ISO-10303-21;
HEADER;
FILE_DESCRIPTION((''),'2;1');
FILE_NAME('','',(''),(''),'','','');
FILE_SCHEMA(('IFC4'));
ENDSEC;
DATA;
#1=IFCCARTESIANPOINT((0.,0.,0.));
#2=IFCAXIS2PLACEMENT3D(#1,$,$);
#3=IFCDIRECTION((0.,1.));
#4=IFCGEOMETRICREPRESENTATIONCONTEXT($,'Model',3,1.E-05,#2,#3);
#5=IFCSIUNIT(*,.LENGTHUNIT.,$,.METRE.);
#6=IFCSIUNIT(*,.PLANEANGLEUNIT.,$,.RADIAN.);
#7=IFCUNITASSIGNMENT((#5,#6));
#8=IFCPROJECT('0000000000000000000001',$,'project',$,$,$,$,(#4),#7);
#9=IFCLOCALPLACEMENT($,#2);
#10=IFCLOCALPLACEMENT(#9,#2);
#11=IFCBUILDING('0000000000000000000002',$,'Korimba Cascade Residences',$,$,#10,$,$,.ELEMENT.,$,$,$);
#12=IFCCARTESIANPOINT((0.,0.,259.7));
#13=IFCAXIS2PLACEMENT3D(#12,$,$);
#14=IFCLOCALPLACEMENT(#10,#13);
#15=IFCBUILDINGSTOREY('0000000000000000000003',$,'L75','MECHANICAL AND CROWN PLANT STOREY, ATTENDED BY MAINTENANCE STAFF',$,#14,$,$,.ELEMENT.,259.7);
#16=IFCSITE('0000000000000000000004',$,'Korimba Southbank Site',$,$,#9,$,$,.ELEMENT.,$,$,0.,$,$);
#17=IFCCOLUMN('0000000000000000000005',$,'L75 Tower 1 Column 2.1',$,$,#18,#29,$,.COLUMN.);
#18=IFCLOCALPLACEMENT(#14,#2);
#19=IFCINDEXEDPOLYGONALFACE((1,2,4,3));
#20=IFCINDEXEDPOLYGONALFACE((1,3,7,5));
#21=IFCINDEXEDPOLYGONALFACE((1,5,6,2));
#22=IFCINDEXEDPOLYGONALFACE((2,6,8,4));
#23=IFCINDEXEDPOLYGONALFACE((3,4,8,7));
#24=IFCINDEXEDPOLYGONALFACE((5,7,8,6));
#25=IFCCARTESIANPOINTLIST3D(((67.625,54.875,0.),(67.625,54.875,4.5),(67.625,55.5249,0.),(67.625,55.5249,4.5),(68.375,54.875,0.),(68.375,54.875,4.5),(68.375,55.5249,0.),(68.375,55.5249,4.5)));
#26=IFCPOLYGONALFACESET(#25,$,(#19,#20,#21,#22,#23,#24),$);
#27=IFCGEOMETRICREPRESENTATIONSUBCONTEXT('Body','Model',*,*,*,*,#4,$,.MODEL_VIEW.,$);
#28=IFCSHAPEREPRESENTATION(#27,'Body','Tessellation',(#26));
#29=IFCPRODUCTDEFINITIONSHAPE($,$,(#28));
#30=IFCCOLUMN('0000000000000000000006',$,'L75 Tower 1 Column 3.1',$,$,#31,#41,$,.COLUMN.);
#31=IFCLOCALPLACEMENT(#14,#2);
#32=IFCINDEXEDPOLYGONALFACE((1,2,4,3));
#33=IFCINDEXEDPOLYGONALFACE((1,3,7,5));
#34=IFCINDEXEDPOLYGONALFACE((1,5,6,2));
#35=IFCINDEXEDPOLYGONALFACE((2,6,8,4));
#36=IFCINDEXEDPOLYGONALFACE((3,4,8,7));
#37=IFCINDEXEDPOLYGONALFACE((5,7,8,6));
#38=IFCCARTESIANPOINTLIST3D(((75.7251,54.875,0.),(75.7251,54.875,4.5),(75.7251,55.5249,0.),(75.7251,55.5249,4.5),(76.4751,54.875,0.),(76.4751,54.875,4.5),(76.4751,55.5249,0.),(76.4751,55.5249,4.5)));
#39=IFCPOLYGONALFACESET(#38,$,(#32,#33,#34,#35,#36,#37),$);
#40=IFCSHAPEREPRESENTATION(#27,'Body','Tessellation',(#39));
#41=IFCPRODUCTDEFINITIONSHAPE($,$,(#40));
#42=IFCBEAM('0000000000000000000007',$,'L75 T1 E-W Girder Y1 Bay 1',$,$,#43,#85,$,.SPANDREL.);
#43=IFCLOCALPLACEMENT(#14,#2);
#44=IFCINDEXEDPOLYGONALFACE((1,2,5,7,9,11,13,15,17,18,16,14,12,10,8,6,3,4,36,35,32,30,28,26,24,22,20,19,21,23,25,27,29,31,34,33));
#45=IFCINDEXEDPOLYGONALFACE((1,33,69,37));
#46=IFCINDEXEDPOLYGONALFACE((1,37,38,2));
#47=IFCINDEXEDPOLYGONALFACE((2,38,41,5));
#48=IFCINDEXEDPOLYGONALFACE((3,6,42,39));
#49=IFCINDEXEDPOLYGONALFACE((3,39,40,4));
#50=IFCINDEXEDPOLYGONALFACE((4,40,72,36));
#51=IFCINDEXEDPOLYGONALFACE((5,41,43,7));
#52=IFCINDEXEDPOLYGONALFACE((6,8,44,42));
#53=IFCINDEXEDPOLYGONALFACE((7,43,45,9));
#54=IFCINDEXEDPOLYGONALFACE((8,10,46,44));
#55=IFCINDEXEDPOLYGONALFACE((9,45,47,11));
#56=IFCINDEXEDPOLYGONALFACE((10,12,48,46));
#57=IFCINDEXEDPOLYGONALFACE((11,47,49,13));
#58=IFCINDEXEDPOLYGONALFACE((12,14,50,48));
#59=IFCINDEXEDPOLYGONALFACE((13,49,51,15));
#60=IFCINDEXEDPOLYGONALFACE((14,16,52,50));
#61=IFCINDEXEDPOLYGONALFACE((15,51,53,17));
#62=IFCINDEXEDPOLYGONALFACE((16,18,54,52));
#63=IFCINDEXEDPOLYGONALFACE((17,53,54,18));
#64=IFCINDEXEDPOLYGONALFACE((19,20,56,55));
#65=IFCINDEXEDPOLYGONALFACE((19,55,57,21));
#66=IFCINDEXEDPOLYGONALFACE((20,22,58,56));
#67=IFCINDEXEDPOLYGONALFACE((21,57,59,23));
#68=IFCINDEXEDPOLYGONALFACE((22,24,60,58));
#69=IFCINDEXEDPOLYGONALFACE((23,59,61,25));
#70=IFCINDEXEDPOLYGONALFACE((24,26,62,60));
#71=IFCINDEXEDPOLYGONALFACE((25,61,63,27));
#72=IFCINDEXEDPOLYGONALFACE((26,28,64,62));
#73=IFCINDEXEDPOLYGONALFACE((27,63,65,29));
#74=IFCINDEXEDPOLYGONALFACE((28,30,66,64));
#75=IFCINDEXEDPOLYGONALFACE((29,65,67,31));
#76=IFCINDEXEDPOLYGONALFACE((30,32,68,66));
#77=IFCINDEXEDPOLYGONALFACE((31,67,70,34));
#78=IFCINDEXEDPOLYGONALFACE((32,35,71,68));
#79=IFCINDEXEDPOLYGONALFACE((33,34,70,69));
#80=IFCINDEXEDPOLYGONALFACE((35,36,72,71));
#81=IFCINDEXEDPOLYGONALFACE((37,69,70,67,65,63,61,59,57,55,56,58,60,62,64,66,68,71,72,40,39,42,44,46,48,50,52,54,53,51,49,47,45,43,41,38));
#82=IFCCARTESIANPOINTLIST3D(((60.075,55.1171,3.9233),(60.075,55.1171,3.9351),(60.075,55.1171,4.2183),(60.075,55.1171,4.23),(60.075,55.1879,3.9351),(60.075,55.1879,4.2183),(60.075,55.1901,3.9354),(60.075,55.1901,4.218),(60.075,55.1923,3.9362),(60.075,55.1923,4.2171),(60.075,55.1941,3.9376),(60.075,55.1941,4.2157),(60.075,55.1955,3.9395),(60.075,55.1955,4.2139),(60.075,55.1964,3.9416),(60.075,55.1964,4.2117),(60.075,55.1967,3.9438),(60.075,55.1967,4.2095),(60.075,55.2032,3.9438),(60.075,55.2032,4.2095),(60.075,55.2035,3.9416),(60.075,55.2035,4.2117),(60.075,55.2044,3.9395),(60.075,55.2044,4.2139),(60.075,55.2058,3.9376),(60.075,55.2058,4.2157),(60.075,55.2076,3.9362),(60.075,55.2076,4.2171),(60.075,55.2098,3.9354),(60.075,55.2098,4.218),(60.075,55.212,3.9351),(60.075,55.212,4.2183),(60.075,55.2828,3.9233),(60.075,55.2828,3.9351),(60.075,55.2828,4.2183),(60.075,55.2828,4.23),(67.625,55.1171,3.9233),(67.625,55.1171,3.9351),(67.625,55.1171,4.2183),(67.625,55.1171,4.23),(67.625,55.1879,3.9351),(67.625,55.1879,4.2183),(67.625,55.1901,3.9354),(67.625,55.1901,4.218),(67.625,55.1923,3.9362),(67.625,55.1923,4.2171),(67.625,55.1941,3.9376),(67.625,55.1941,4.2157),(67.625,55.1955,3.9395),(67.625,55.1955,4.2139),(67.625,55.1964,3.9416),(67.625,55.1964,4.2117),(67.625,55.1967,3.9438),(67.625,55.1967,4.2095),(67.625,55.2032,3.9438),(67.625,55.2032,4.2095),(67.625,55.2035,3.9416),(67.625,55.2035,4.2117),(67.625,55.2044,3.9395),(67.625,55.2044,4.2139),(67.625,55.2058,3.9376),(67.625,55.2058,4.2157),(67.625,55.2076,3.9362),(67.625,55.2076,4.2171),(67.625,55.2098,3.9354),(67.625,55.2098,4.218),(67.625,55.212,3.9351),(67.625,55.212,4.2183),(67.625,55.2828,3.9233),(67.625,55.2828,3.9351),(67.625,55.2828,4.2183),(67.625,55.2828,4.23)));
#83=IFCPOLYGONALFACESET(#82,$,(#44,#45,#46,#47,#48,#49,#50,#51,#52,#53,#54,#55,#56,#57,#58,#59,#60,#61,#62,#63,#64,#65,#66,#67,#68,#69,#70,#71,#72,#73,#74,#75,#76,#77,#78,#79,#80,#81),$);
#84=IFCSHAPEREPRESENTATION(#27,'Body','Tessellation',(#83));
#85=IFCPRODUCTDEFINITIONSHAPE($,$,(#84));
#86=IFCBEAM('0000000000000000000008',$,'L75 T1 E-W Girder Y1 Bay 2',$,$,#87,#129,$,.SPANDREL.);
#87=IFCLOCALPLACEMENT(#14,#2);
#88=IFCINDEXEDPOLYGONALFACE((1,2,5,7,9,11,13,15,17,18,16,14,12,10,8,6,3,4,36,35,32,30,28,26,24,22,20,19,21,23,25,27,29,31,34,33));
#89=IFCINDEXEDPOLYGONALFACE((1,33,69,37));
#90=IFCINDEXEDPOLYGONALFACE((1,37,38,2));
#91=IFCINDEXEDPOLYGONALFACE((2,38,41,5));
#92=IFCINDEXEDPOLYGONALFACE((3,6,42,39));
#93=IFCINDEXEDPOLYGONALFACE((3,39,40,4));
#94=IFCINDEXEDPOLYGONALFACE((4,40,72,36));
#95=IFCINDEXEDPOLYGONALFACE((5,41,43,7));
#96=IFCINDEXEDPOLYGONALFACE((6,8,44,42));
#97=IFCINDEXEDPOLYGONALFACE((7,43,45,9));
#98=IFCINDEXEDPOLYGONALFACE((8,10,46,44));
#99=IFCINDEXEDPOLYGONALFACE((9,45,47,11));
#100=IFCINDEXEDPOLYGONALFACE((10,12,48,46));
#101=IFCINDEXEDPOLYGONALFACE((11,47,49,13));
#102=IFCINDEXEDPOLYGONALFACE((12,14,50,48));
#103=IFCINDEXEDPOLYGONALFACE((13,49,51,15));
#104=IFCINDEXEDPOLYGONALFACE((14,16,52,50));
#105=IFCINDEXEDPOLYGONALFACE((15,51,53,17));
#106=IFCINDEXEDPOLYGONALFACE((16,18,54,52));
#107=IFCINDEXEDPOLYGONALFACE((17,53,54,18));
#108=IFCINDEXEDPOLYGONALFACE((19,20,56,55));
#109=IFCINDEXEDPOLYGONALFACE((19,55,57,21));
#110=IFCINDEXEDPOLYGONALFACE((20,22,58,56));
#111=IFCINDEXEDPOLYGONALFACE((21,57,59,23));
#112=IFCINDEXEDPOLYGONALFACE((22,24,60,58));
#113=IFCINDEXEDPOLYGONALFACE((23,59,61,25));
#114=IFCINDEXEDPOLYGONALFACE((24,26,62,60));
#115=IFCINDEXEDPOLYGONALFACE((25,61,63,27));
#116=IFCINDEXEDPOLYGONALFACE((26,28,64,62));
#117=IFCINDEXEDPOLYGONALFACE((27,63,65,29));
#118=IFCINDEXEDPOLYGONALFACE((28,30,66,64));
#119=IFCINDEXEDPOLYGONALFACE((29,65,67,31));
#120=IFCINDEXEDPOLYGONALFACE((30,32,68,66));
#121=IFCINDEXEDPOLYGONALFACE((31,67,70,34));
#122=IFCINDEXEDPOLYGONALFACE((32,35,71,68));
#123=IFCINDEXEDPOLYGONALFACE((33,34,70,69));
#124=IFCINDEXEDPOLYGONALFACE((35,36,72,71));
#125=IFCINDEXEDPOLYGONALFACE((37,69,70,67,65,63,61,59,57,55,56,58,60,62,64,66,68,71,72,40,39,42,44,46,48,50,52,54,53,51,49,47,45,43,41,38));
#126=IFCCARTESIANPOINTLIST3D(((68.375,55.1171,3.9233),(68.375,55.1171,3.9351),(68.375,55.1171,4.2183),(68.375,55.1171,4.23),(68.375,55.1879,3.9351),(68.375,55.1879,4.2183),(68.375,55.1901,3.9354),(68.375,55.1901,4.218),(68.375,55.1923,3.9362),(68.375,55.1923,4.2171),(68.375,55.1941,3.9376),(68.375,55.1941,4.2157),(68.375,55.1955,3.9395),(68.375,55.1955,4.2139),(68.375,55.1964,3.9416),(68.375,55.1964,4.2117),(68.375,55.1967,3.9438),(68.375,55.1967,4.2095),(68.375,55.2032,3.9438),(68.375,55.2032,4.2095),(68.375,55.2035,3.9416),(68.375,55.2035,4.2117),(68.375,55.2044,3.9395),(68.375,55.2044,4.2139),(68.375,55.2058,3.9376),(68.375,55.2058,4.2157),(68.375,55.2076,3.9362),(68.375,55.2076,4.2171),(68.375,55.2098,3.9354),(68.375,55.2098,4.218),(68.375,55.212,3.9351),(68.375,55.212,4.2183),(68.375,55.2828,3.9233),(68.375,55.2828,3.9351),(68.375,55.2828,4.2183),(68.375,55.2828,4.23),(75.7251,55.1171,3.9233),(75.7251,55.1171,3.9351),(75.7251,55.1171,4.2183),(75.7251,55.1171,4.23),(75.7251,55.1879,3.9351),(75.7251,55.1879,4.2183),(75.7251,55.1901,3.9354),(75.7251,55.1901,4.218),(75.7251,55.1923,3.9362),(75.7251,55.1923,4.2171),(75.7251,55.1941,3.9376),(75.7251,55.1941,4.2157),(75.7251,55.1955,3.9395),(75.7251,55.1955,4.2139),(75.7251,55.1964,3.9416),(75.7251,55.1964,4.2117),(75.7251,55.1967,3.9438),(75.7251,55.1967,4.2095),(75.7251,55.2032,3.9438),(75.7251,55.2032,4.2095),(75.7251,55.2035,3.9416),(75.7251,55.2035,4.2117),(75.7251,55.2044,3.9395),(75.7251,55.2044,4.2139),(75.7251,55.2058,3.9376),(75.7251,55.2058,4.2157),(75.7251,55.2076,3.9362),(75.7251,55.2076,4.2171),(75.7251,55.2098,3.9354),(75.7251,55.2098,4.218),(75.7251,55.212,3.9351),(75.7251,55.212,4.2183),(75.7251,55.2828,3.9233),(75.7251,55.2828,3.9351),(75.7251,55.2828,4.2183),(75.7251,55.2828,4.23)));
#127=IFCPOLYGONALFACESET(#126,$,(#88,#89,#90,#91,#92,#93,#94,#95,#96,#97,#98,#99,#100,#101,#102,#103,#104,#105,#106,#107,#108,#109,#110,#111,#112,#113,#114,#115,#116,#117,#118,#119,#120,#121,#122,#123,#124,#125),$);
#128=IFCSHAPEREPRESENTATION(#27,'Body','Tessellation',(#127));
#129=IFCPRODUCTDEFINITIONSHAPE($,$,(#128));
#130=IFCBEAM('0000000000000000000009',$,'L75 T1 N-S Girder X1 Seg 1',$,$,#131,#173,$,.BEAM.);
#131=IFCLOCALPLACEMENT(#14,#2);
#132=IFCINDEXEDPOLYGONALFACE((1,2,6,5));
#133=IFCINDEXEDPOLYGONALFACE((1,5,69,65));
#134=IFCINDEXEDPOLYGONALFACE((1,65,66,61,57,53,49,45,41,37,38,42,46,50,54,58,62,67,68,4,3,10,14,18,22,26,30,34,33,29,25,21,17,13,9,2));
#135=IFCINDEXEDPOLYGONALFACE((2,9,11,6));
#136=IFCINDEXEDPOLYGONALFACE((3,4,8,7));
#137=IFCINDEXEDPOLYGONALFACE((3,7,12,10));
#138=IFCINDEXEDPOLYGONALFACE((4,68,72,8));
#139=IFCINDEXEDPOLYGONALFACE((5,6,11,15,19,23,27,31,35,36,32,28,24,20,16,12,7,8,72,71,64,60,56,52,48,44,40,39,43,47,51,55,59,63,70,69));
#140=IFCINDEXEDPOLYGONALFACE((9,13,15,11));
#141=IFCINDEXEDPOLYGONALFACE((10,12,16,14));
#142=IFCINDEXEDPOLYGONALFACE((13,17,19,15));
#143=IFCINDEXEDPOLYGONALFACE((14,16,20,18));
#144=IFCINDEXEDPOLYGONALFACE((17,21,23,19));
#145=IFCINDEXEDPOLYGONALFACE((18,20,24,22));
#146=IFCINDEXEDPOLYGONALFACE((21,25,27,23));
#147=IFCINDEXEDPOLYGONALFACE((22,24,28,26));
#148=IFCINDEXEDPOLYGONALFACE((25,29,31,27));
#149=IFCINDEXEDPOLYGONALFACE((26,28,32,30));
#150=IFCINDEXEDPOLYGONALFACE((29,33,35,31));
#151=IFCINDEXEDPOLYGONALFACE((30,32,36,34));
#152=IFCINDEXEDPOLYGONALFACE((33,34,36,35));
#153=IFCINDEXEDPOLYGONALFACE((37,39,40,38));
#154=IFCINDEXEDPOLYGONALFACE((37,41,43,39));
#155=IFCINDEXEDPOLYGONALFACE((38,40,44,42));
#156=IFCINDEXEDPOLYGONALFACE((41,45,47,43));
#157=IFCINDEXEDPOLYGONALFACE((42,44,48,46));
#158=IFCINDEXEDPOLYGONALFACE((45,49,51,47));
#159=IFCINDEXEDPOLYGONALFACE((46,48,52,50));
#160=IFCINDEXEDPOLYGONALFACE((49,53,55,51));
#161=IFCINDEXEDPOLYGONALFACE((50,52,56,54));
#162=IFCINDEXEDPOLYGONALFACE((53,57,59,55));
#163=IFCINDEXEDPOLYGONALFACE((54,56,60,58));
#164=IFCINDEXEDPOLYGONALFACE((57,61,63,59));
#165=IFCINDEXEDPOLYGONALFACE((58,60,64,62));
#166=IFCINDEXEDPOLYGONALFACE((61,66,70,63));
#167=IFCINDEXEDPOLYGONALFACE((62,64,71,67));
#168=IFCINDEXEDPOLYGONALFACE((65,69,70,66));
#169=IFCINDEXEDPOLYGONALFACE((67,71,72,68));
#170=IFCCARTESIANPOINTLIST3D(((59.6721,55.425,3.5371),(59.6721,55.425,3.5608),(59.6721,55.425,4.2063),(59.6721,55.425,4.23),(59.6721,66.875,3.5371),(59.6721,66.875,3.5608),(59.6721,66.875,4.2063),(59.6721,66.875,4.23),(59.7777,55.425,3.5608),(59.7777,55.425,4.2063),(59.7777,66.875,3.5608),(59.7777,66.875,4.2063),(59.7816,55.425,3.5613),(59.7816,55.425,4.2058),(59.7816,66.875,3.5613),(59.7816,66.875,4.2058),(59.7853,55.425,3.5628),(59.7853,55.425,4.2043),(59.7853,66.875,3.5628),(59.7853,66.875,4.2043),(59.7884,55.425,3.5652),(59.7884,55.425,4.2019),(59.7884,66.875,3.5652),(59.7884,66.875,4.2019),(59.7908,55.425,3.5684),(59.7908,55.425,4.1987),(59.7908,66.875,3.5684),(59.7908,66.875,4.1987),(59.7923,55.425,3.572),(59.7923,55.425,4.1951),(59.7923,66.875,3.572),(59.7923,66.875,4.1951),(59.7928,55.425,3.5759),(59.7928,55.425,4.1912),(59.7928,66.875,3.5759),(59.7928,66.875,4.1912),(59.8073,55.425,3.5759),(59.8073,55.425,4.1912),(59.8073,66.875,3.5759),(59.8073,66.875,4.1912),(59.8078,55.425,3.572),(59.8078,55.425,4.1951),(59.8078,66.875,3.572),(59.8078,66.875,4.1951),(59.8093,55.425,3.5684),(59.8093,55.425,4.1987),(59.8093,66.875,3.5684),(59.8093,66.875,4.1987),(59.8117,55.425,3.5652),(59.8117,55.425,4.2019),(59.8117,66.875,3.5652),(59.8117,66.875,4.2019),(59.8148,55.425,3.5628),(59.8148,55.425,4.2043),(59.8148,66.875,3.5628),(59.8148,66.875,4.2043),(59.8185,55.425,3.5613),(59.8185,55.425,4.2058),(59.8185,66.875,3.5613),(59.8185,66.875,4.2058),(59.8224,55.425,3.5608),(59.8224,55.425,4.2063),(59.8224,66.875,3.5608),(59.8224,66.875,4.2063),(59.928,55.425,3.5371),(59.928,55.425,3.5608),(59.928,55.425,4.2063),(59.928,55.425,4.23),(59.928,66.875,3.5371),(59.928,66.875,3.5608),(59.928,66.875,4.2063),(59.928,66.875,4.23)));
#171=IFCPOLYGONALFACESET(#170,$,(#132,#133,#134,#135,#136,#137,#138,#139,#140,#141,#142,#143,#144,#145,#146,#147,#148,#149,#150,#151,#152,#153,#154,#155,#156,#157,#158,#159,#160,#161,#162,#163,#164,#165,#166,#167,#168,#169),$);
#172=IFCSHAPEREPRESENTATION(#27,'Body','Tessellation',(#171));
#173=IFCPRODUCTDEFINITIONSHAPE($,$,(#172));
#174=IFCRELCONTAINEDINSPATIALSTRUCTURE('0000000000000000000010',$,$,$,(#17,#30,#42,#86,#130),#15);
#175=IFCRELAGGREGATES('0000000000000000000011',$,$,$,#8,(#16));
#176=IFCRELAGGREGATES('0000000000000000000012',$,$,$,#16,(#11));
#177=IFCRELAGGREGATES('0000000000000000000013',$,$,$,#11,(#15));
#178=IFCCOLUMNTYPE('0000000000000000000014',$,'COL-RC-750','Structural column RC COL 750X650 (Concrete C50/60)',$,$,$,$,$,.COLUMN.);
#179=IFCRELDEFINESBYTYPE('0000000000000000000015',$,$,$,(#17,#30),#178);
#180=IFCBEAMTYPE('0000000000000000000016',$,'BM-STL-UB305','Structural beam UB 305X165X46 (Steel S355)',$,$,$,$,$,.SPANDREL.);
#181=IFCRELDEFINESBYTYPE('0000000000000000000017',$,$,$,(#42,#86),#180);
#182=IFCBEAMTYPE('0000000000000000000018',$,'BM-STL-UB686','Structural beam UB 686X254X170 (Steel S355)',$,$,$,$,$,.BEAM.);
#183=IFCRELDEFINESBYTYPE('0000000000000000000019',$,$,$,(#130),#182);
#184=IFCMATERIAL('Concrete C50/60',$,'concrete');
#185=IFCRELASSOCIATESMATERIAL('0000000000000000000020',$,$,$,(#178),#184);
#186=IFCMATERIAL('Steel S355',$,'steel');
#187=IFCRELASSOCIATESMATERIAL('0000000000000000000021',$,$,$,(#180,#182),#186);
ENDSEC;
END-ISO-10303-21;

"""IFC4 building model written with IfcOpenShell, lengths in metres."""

from ifc_helpers import new_model, si_unit, direction, frame, origin, origin_2d, place, context, subcontext, project, spatial, rectangle, i_section, extrude, material, material_profile, profile_set, type_object, element, save


model = new_model("IFC4")

# Units and contexts
model_context = context("Model", 3, precision=1e-05, world=origin(), true_north=direction((0.0, 1.0)))
body_context = subcontext(model_context, "Body", "Model", "MODEL_VIEW")
ifc_project = project(units=[si_unit("LENGTHUNIT", "METRE"), si_unit("PLANEANGLEUNIT", "RADIAN")], contexts=[model_context])

# Site, building, storey
site_placement = place(None, origin())
site = spatial("IfcSite", under=ifc_project, at=site_placement, Name="Korimba Southbank Site", CompositionType="ELEMENT", RefElevation=0.0)
building_placement = place(site_placement, origin())
building = spatial("IfcBuilding", under=site, at=building_placement, Name="Korimba Cascade Residences", CompositionType="ELEMENT")
storey_placement = place(building_placement, frame((0.0, 0.0, 259.7)))
storey = spatial("IfcBuildingStorey", under=building, at=storey_placement, Name="L75", Description="MECHANICAL AND CROWN PLANT STOREY, ATTENDED BY MAINTENANCE STAFF", CompositionType="ELEMENT", Elevation=259.7)

# Columns
ifc_material_1 = material(Name="Concrete C50/60", Category="concrete")
ifc_material_profile_1 = material_profile(ifc_material_1, rectangle(XDim=0.75, YDim=0.6499, at=origin_2d()), Name="Concrete C50/60")
ifc_profile_set_1 = profile_set([ifc_material_profile_1], Name="Concrete C50/60")
column_type = type_object("IfcColumnType", Name="COL-RC-750", Description="Structural column RC COL 750X650 (Concrete C50/60)", PredefinedType="COLUMN", material=ifc_profile_set_1)
for number, where, z_axis, x_axis, name in (
    (1, (68.0, 55.2, 0.0), (0.0, 0.0, 1.0), (1.0, 0.0, 0.0), "L75 Tower 1 Column 2.1"),
    (2, (76.1001, 55.2, 0.0), (0.0, 0.0, 1.0), (1.0, 0.0, 0.0), "L75 Tower 1 Column 3.1"),
):
    element("IfcColumn", number, at=place(storey_placement, frame(where, z_axis=z_axis, x_axis=x_axis)), inside=storey, type_object=column_type, Name=name, PredefinedType="COLUMN", context=body_context, shape_type="SweptSolid", body=[
        extrude(rectangle(XDim=0.75, YDim=0.6499, at=origin_2d()), origin(), (0.0, 0.0, 1.0), 4.5),
    ])

# Beams
ifc_material_2 = material(Name="Steel S355", Category="steel")
ifc_material_profile_2 = material_profile(ifc_material_2, i_section(OverallWidth=0.1658, OverallDepth=0.3066, WebThickness=0.0066, FlangeThickness=0.0117, FilletRadius=0.0088, at=origin_2d()), Name="Steel S355")
ifc_profile_set_2 = profile_set([ifc_material_profile_2], Name="Steel S355")
beam_type_1 = type_object("IfcBeamType", Name="BM-STL-UB305", Description="Structural beam UB 305X165X46 (Steel S355)", PredefinedType="SPANDREL", material=ifc_profile_set_2)
beam_1_placement = place(storey_placement, frame((60.075, 55.2, 4.0767), z_axis=(1.0, 0.0, 0.0), x_axis=(0.0, 1.0, 0.0)))
element("IfcBeam", 3, at=beam_1_placement, inside=storey, type_object=beam_type_1, Name="L75 T1 E-W Girder Y1 Bay 1", PredefinedType="SPANDREL", context=body_context, shape_type="SweptSolid", body=[
    extrude(i_section(OverallWidth=0.1658, OverallDepth=0.3066, WebThickness=0.0066, FlangeThickness=0.0117, FilletRadius=0.0088, at=origin_2d()), origin(), (0.0, 0.0, 1.0), 7.55),
])
beam_2_placement = place(storey_placement, frame((68.375, 55.2, 4.0767), z_axis=(1.0, 0.0, 0.0), x_axis=(0.0, 1.0, 0.0)))
element("IfcBeam", 4, at=beam_2_placement, inside=storey, type_object=beam_type_1, Name="L75 T1 E-W Girder Y1 Bay 2", PredefinedType="SPANDREL", context=body_context, shape_type="SweptSolid", body=[
    extrude(i_section(OverallWidth=0.1658, OverallDepth=0.3066, WebThickness=0.0066, FlangeThickness=0.0117, FilletRadius=0.0088, at=origin_2d()), origin(), (0.0, 0.0, 1.0), 7.3501),
])
ifc_material_profile_3 = material_profile(ifc_material_2, i_section(OverallWidth=0.2559, OverallDepth=0.6929, WebThickness=0.0144, FlangeThickness=0.0237, FilletRadius=0.0151, at=origin_2d()), Name="Steel S355")
ifc_profile_set_3 = profile_set([ifc_material_profile_3], Name="Steel S355")
beam_type_2 = type_object("IfcBeamType", Name="BM-STL-UB686", Description="Structural beam UB 686X254X170 (Steel S355)", PredefinedType="BEAM", material=ifc_profile_set_3)
beam_3_placement = place(storey_placement, frame((59.8, 55.425, 3.8835), z_axis=(0.0, 1.0, 0.0), x_axis=(-1.0, 0.0, 0.0)))
element("IfcBeam", 5, at=beam_3_placement, inside=storey, type_object=beam_type_2, Name="L75 T1 N-S Girder X1 Seg 1", PredefinedType="BEAM", context=body_context, shape_type="SweptSolid", body=[
    extrude(i_section(OverallWidth=0.2559, OverallDepth=0.6929, WebThickness=0.0144, FlangeThickness=0.0237, FilletRadius=0.0151, at=origin_2d()), origin(), (0.0, 0.0, 1.0), 11.45),
])

save(model, "model.ifc")
